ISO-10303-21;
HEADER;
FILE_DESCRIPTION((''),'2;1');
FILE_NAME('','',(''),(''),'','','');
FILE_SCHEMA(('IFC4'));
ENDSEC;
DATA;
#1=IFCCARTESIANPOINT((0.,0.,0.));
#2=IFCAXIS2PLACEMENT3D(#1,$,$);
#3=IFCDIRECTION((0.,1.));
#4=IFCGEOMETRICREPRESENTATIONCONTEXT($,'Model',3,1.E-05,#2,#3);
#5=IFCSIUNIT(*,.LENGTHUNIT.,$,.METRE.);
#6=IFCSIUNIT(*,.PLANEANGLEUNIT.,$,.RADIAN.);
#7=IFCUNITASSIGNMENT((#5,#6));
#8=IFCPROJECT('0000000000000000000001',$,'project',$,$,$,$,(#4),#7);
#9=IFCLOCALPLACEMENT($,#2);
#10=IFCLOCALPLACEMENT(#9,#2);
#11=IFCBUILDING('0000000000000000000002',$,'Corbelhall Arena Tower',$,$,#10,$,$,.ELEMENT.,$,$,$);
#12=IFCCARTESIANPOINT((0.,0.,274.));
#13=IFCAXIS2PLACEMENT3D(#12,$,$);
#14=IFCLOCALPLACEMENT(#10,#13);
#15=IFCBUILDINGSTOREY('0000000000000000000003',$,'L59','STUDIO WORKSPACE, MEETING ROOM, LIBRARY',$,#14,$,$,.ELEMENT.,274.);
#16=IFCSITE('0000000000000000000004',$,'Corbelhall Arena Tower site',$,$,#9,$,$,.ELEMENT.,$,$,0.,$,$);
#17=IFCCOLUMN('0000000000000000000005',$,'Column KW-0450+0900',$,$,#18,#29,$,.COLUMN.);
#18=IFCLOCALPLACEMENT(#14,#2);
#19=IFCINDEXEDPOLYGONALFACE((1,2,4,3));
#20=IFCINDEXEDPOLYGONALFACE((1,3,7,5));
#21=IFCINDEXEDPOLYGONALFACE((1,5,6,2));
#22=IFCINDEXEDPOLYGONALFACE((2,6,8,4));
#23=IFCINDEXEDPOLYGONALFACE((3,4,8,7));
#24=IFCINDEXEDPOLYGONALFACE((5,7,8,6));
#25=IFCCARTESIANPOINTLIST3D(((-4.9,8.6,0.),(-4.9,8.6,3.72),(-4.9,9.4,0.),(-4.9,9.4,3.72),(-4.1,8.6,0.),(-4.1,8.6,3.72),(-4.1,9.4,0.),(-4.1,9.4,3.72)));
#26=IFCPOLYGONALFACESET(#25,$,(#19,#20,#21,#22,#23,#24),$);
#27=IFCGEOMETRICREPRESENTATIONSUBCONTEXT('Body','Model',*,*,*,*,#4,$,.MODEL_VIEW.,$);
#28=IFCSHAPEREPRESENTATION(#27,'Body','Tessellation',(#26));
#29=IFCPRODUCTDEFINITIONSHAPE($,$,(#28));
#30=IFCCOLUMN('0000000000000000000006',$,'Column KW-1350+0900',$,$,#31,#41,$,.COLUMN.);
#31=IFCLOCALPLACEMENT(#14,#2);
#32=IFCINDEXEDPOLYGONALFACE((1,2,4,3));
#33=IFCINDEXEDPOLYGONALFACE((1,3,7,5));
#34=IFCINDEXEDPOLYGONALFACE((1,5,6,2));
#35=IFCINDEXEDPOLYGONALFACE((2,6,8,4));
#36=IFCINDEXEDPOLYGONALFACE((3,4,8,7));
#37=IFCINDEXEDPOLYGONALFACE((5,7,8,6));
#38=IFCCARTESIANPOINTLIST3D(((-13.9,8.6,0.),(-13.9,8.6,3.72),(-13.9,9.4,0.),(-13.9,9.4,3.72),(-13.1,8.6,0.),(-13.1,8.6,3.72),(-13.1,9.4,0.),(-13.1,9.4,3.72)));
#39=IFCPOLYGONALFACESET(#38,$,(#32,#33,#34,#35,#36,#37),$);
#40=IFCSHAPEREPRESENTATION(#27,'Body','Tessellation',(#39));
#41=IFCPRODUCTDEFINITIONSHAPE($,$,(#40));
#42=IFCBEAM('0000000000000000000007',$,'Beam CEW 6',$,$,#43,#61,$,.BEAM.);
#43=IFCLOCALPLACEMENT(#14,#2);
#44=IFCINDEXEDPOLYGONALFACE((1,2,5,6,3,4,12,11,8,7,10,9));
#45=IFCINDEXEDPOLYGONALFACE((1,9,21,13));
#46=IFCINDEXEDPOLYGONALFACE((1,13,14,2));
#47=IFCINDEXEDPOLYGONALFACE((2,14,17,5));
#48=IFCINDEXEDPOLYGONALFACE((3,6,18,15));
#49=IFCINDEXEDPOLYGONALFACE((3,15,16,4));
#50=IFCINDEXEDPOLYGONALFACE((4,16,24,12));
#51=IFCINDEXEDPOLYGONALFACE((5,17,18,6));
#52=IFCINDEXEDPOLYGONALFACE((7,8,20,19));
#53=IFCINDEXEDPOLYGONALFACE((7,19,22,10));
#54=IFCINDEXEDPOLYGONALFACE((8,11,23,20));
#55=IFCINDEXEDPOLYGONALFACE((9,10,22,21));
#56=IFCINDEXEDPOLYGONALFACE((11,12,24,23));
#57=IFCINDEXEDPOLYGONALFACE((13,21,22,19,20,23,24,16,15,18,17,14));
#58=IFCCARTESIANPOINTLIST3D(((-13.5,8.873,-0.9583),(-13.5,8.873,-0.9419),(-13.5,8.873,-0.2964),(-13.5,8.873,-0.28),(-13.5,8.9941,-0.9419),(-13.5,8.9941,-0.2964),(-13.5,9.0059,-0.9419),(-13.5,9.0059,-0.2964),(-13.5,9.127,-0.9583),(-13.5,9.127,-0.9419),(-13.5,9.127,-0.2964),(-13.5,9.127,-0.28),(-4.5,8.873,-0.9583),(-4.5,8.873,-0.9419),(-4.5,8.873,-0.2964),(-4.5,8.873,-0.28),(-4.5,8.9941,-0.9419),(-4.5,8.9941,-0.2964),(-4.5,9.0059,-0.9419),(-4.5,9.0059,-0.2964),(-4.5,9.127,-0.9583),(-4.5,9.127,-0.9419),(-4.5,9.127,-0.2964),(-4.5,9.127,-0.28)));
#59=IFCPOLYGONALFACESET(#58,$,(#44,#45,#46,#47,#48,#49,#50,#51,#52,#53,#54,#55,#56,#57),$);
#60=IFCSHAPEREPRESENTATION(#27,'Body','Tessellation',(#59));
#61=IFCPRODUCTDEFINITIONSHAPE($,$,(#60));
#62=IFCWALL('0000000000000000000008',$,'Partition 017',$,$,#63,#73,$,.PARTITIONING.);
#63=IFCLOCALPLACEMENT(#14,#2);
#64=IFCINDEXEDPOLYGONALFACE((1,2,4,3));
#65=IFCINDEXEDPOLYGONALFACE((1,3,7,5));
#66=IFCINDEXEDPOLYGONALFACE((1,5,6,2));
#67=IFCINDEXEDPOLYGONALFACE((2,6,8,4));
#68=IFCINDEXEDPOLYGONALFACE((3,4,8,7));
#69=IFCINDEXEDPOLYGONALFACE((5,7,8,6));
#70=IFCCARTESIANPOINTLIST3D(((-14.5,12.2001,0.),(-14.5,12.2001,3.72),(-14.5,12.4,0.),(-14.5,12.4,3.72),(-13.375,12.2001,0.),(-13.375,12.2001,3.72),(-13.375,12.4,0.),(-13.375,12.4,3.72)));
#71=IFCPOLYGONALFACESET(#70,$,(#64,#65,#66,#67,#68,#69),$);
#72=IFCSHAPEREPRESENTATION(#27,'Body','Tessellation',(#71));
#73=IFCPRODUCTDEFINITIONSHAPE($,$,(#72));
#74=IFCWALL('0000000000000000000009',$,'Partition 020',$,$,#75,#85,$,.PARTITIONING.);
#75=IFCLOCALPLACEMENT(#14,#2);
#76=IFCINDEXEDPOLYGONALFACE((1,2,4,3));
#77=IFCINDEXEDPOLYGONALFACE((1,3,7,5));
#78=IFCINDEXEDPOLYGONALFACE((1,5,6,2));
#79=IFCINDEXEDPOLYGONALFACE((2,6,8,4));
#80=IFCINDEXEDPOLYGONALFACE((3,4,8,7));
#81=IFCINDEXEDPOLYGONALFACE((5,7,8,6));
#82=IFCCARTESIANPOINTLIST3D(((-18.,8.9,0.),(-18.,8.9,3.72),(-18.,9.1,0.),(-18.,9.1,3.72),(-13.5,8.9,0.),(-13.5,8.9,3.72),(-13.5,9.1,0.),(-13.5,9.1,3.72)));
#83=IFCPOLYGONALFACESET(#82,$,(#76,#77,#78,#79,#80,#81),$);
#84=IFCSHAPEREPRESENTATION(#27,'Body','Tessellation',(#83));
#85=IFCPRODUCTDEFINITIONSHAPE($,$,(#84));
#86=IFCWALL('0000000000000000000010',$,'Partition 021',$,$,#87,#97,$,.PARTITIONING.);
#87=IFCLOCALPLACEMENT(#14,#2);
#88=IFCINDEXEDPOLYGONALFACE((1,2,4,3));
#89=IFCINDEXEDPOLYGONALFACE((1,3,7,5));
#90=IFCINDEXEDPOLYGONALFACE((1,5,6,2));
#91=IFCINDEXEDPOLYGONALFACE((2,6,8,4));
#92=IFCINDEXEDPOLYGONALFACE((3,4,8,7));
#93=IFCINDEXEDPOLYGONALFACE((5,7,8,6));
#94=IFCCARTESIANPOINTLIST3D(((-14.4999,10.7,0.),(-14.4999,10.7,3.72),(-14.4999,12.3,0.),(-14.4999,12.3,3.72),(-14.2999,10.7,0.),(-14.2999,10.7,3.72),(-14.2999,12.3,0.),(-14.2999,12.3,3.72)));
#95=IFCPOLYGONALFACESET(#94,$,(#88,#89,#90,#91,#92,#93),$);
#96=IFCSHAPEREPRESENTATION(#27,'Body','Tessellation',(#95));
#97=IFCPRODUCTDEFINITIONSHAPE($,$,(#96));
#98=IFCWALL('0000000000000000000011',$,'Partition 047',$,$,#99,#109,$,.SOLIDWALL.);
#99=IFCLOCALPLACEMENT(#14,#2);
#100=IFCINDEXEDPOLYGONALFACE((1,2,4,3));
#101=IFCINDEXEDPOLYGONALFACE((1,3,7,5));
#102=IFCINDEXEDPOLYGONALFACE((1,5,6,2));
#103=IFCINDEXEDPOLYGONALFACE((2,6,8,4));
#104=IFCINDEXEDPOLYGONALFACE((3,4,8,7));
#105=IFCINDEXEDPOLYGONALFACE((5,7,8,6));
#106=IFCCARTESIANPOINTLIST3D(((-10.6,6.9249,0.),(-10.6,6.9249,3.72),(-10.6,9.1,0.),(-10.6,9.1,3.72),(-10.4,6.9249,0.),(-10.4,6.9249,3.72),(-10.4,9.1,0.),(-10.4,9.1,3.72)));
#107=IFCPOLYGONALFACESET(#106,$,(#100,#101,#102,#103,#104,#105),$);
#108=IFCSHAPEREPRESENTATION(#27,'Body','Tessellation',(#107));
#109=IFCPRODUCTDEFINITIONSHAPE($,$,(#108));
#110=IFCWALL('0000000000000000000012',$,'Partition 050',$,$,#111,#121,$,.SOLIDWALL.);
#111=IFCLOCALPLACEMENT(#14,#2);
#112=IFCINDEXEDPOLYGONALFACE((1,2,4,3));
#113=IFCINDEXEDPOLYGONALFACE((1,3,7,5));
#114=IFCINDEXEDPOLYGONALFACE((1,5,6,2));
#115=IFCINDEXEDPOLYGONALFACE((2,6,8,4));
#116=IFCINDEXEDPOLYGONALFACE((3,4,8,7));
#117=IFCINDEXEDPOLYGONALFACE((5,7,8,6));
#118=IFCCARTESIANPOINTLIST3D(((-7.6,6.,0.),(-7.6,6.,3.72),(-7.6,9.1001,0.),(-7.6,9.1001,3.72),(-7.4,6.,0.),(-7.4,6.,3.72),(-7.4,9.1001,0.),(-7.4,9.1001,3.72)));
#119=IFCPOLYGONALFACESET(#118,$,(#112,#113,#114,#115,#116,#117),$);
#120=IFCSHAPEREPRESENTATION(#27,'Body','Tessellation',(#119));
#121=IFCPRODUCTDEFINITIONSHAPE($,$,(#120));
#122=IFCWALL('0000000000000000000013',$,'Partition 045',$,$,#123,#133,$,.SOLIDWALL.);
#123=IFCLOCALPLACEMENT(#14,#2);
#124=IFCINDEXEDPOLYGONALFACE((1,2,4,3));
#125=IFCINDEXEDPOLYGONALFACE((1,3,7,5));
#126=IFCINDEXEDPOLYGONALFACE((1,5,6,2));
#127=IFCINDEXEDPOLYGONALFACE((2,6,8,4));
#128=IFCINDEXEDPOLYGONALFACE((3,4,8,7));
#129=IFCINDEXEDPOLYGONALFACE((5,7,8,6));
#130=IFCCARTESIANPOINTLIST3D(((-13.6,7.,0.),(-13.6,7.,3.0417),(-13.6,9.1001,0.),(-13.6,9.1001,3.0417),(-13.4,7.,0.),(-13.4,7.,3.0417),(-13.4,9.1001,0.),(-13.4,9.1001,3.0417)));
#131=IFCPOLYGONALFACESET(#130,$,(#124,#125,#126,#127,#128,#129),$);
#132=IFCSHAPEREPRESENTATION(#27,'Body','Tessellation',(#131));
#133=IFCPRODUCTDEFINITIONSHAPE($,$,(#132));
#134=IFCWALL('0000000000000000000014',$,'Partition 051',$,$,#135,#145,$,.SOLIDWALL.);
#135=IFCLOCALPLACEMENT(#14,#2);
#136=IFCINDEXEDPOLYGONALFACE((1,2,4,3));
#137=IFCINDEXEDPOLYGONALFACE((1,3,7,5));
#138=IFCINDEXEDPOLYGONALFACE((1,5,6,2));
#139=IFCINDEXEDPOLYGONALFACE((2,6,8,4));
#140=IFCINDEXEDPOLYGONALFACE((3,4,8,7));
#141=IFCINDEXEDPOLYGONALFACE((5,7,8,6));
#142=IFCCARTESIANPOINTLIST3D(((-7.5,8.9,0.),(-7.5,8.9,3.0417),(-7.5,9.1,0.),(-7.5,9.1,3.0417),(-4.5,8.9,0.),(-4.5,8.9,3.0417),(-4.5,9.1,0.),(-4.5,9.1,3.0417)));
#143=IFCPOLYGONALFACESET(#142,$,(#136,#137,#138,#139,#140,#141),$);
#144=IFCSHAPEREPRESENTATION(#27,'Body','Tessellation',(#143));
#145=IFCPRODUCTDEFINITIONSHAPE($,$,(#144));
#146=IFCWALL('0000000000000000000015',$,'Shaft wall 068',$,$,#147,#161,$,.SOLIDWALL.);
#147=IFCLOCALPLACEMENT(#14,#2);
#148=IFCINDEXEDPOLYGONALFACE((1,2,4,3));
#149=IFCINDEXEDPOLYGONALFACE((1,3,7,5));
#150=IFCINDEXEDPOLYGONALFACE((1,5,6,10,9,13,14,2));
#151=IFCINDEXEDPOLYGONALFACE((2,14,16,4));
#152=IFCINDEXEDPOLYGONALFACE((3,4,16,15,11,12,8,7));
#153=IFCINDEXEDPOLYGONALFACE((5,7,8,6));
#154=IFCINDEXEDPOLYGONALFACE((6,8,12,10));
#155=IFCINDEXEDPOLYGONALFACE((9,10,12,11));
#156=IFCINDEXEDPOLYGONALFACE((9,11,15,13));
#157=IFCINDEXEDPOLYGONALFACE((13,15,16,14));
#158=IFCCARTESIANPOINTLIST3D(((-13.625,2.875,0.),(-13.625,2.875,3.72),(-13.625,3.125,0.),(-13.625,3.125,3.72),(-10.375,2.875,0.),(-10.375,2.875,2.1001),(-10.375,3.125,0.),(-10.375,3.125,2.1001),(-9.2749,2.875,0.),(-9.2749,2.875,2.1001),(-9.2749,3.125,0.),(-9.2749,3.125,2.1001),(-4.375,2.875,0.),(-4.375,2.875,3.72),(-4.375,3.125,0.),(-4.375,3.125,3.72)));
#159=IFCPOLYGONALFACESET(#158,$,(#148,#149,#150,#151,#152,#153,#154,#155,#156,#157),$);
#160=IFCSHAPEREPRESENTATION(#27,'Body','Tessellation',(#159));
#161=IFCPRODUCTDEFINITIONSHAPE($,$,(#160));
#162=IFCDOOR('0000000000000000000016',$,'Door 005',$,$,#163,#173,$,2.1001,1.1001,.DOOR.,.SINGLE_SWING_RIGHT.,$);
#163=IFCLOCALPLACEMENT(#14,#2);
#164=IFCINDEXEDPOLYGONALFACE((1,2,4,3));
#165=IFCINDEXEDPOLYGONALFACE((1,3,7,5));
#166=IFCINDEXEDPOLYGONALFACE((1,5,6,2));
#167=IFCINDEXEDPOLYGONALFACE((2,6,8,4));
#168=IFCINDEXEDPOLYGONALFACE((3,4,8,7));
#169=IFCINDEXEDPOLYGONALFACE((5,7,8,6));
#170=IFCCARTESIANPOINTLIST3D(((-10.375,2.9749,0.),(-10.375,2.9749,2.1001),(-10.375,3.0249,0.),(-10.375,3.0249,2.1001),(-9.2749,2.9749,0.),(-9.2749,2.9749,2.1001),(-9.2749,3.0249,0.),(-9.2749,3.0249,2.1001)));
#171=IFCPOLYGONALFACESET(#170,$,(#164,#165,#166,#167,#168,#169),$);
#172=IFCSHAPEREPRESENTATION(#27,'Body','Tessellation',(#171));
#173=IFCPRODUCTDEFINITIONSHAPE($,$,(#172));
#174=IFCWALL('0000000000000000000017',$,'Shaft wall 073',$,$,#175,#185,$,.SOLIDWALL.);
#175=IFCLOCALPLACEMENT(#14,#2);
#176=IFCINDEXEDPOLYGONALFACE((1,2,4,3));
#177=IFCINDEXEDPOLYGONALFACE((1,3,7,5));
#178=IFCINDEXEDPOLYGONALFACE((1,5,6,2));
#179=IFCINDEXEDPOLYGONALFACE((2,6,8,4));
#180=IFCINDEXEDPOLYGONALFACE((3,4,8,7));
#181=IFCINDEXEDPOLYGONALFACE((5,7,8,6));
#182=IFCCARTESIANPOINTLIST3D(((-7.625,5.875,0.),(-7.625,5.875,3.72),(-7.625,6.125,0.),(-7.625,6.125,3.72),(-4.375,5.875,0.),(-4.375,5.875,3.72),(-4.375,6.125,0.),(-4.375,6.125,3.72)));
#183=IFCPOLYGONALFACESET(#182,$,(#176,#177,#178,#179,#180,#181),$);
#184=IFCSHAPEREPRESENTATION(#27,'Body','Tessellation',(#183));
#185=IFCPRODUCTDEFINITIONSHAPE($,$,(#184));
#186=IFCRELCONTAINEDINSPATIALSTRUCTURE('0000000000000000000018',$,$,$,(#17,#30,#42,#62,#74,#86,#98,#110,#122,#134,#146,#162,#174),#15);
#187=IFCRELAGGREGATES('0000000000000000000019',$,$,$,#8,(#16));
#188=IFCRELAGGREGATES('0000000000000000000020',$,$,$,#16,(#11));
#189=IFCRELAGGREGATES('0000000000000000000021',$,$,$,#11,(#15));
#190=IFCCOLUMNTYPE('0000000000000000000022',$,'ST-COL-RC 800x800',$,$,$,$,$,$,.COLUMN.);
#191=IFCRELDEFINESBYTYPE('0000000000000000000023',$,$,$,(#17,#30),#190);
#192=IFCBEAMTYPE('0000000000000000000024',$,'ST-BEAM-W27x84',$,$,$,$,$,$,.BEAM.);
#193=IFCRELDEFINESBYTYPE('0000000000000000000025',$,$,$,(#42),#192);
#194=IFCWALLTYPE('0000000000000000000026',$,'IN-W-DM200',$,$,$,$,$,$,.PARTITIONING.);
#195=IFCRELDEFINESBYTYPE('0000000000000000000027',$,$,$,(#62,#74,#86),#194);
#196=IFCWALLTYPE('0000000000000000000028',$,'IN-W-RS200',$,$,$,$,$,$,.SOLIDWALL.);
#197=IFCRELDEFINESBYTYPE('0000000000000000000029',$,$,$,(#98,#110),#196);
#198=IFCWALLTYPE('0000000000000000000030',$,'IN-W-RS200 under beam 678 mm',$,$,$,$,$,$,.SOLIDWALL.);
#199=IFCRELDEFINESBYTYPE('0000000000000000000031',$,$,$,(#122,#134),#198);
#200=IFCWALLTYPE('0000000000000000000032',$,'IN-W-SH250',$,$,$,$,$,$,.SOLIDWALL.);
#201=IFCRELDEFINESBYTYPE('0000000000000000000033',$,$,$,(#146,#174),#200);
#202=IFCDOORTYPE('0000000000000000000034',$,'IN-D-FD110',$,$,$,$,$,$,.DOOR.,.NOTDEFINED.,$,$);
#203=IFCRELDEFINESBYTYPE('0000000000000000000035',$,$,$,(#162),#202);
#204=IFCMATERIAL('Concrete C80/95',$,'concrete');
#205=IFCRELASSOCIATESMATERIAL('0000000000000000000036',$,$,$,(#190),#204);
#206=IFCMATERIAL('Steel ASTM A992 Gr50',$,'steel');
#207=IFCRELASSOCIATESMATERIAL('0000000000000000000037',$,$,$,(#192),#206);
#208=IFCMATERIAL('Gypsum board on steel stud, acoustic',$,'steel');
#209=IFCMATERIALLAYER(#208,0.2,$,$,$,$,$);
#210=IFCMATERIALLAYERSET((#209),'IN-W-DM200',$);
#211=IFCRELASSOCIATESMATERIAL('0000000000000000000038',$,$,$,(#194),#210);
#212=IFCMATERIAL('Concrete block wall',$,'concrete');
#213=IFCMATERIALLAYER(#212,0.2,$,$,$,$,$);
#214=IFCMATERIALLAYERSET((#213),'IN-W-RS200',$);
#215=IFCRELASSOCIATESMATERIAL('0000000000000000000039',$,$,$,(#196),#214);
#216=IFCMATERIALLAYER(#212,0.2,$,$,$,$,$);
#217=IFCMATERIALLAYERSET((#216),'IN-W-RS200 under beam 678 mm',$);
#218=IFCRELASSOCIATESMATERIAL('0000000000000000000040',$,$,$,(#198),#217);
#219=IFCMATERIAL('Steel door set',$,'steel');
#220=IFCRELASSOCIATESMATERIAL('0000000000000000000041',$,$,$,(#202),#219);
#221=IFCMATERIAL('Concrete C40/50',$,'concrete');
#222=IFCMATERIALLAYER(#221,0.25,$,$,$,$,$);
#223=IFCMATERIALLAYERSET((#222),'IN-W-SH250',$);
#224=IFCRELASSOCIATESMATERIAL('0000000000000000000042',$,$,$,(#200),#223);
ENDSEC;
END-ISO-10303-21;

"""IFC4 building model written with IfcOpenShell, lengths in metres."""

from ifc_helpers import new_model, si_unit, direction, frame, frame_2d, origin, origin_2d, place, context, subcontext, project, spatial, rectangle, i_section, extrude, material, layer, layer_set, material_profile, profile_set, type_object, element, fill, save


model = new_model("IFC4")

# Units and contexts
model_context = context("Model", 3, precision=1e-05, world=origin(), true_north=direction((0.0, 1.0)))
body_context = subcontext(model_context, "Body", "Model", "MODEL_VIEW")
ifc_project = project(units=[si_unit("LENGTHUNIT", "METRE"), si_unit("PLANEANGLEUNIT", "RADIAN")], contexts=[model_context])

# Site, building, storey
site_placement = place(None, origin())
site = spatial("IfcSite", under=ifc_project, at=site_placement, Name="Corbelhall Arena Tower site", CompositionType="ELEMENT", RefElevation=0.0)
building_placement = place(site_placement, origin())
building = spatial("IfcBuilding", under=site, at=building_placement, Name="Corbelhall Arena Tower", CompositionType="ELEMENT")
storey_placement = place(building_placement, frame((0.0, 0.0, 274.0)))
storey = spatial("IfcBuildingStorey", under=building, at=storey_placement, Name="L59", Description="STUDIO WORKSPACE, MEETING ROOM, LIBRARY", CompositionType="ELEMENT", Elevation=274.0)

# Columns
ifc_material_1 = material(Name="Concrete C80/95", Category="concrete")
ifc_material_profile_1 = material_profile(ifc_material_1, rectangle(XDim=0.8, YDim=0.8, at=origin_2d()))
ifc_profile_set_1 = profile_set([ifc_material_profile_1], Name="Concrete C80/95")
column_type = type_object("IfcColumnType", Name="ST-COL-RC 800x800", PredefinedType="COLUMN", material=ifc_profile_set_1)
for number, where, z_axis, x_axis, name in (
    (1, (-4.5, 9.0, 0.0), (0.0, 0.0, 1.0), (1.0, 0.0, 0.0), "Column KW-0450+0900"),
    (2, (-13.5, 9.0, 0.0), (0.0, 0.0, 1.0), (1.0, 0.0, 0.0), "Column KW-1350+0900"),
):
    element("IfcColumn", number, at=place(storey_placement, frame(where, z_axis=z_axis, x_axis=x_axis)), inside=storey, type_object=column_type, Name=name, PredefinedType="COLUMN", context=body_context, shape_type="SweptSolid", body=[
        extrude(rectangle(XDim=0.8, YDim=0.8, at=origin_2d()), origin(), (0.0, 0.0, 1.0), 3.72),
    ])

# Beam
ifc_material_2 = material(Name="Steel ASTM A992 Gr50", Category="steel")
ifc_material_profile_2 = material_profile(ifc_material_2, i_section(OverallWidth=0.2539, OverallDepth=0.6782, WebThickness=0.0117, FlangeThickness=0.0164, at=origin_2d()))
ifc_profile_set_2 = profile_set([ifc_material_profile_2], Name="Steel ASTM A992 Gr50")
beam_type = type_object("IfcBeamType", Name="ST-BEAM-W27x84", PredefinedType="BEAM", material=ifc_profile_set_2)
beam_placement = place(storey_placement, frame((-13.5, 9.0, -0.6191), z_axis=(1.0, 0.0, 0.0), x_axis=(0.0, 1.0, 0.0)))
element("IfcBeam", 3, at=beam_placement, inside=storey, type_object=beam_type, Name="Beam CEW 6", PredefinedType="BEAM", context=body_context, shape_type="SweptSolid", body=[
    extrude(i_section(OverallWidth=0.2539, OverallDepth=0.6782, WebThickness=0.0117, FlangeThickness=0.0164, at=origin_2d()), origin(), (0.0, 0.0, 1.0), 9.0),
])

# Walls
ifc_material_3 = material(Name="Gypsum board on steel stud, acoustic", Category="steel")
ifc_layer_1 = layer(ifc_material_3, 0.2)
ifc_layer_set_1 = layer_set([ifc_layer_1], Name="IN-W-DM200")
wall_type_1 = type_object("IfcWallType", Name="IN-W-DM200", PredefinedType="PARTITIONING", material=ifc_layer_set_1)
wall_1_placement = place(storey_placement, frame((-14.5, 12.3, 0.0), z_axis=(0.0, 0.0, 1.0), x_axis=(1.0, 0.0, 0.0)))
element("IfcWall", 4, at=wall_1_placement, inside=storey, type_object=wall_type_1, Name="Partition 017", PredefinedType="PARTITIONING", context=body_context, shape_type="SweptSolid", body=[
    extrude(rectangle(XDim=1.125, YDim=0.2, at=frame_2d((0.5625, 0.0))), origin(), (0.0, 0.0, 1.0), 3.72),
])
wall_2_placement = place(storey_placement, frame((-13.5, 9.0, 0.0), z_axis=(0.0, 0.0, 1.0), x_axis=(-1.0, 0.0, 0.0)))
element("IfcWall", 5, at=wall_2_placement, inside=storey, type_object=wall_type_1, Name="Partition 020", PredefinedType="PARTITIONING", context=body_context, shape_type="SweptSolid", body=[
    extrude(rectangle(XDim=4.5, YDim=0.2, at=frame_2d((2.25, 0.0))), origin(), (0.0, 0.0, 1.0), 3.72),
])
wall_3_placement = place(storey_placement, frame((-14.3999, 10.7, 0.0), z_axis=(0.0, 0.0, 1.0), x_axis=(0.0, 1.0, 0.0)))
element("IfcWall", 6, at=wall_3_placement, inside=storey, type_object=wall_type_1, Name="Partition 021", PredefinedType="PARTITIONING", context=body_context, shape_type="SweptSolid", body=[
    extrude(rectangle(XDim=1.6001, YDim=0.2, at=frame_2d((0.8, 0.0))), origin(), (0.0, 0.0, 1.0), 3.72),
])
ifc_material_4 = material(Name="Concrete block wall", Category="concrete")
ifc_layer_2 = layer(ifc_material_4, 0.2)
ifc_layer_set_2 = layer_set([ifc_layer_2], Name="IN-W-RS200")
wall_type_2 = type_object("IfcWallType", Name="IN-W-RS200", PredefinedType="SOLIDWALL", material=ifc_layer_set_2)
wall_4_placement = place(storey_placement, frame((-10.5, 6.925, 0.0), z_axis=(0.0, 0.0, 1.0), x_axis=(0.0, 1.0, 0.0)))
element("IfcWall", 7, at=wall_4_placement, inside=storey, type_object=wall_type_2, Name="Partition 047", PredefinedType="SOLIDWALL", context=body_context, shape_type="SweptSolid", body=[
    extrude(rectangle(XDim=2.175, YDim=0.2, at=frame_2d((1.0874, 0.0))), origin(), (0.0, 0.0, 1.0), 3.72),
])
wall_5_placement = place(storey_placement, frame((-7.5, 6.0, 0.0), z_axis=(0.0, 0.0, 1.0), x_axis=(0.0, 1.0, 0.0)))
element("IfcWall", 8, at=wall_5_placement, inside=storey, type_object=wall_type_2, Name="Partition 050", PredefinedType="SOLIDWALL", context=body_context, shape_type="SweptSolid", body=[
    extrude(rectangle(XDim=3.1001, YDim=0.2, at=frame_2d((1.55, 0.0))), origin(), (0.0, 0.0, 1.0), 3.72),
])

# Shared definitions
ifc_layer_3 = layer(ifc_material_4, 0.2)
ifc_layer_set_3 = layer_set([ifc_layer_3], Name="IN-W-RS200 under beam 678 mm")
wall_type_3 = type_object("IfcWallType", Name="IN-W-RS200 under beam 678 mm", PredefinedType="SOLIDWALL", material=ifc_layer_set_3)
ifc_material_5 = material(Name="Steel door set", Category="steel")
door_type_1 = type_object("IfcDoorType", Name="IN-D-FD110", OperationType="NOTDEFINED", PredefinedType="DOOR", material=ifc_material_5)

# Walls
wall_6_placement = place(storey_placement, frame((-13.5, 7.0, 0.0), z_axis=(0.0, 0.0, 1.0), x_axis=(0.0, 1.0, 0.0)))
element("IfcWall", 9, at=wall_6_placement, inside=storey, type_object=wall_type_3, Name="Partition 045", PredefinedType="SOLIDWALL", context=body_context, shape_type="SweptSolid", body=[
    extrude(rectangle(XDim=2.1001, YDim=0.2, at=frame_2d((1.05, 0.0))), origin(), (0.0, 0.0, 1.0), 3.0417),
])
wall_7_placement = place(storey_placement, frame((-7.5, 9.0, 0.0), z_axis=(0.0, 0.0, 1.0), x_axis=(1.0, 0.0, 0.0)))
element("IfcWall", 10, at=wall_7_placement, inside=storey, type_object=wall_type_3, Name="Partition 051", PredefinedType="SOLIDWALL", context=body_context, shape_type="SweptSolid", body=[
    extrude(rectangle(XDim=3.0, YDim=0.2, at=frame_2d((1.5, 0.0))), origin(), (0.0, 0.0, 1.0), 3.0417),
])

# Wall, opening, door
ifc_material_6 = material(Name="Concrete C40/50", Category="concrete")
ifc_layer_4 = layer(ifc_material_6, 0.25)
ifc_layer_set_4 = layer_set([ifc_layer_4], Name="IN-W-SH250")
wall_type_4 = type_object("IfcWallType", Name="IN-W-SH250", PredefinedType="SOLIDWALL", material=ifc_layer_set_4)
wall_8_placement = place(storey_placement, frame((-13.625, 3.0, 0.0), z_axis=(0.0, 0.0, 1.0), x_axis=(1.0, 0.0, 0.0)))
wall_8 = element("IfcWall", 11, at=wall_8_placement, inside=storey, type_object=wall_type_4, Name="Shaft wall 068", PredefinedType="SOLIDWALL", context=body_context, shape_type="SweptSolid", body=[
    extrude(rectangle(XDim=9.25, YDim=0.25, at=frame_2d((4.625, 0.0))), origin(), (0.0, 0.0, 1.0), 3.72),
])
opening_1_placement = place(wall_8_placement, frame((3.25, 0.0, 0.0)))
opening_1 = element("IfcOpeningElement", 12, at=opening_1_placement, cuts=wall_8, PredefinedType="OPENING", context=body_context, shape_type="SweptSolid", body=[
    extrude(rectangle(XDim=1.1001, YDim=2.1001, at=frame_2d((0.55, 1.05))), frame((0.0, 0.125, 0.0), z_axis=(0.0, -1.0, 0.0), x_axis=(1.0, 0.0, 0.0)), (0.0, 0.0, 1.0), 0.25),
])
door_1_placement = place(opening_1_placement, origin())
door_1 = element("IfcDoor", 13, at=door_1_placement, inside=storey, type_object=door_type_1, Name="Door 005", OperationType="SINGLE_SWING_RIGHT", OverallHeight=2.1001, OverallWidth=1.1001, PredefinedType="DOOR", context=body_context, shape_type="SweptSolid", body=[
    extrude(rectangle(XDim=1.1001, YDim=2.1001, at=frame_2d((0.55, 1.05))), frame((0.0, 0.0249, 0.0), z_axis=(0.0, -1.0, 0.0), x_axis=(1.0, 0.0, 0.0)), (0.0, 0.0, 1.0), 0.05),
])
fill(opening_1, door_1)

# Wall
wall_9_placement = place(storey_placement, frame((-7.625, 6.0, 0.0), z_axis=(0.0, 0.0, 1.0), x_axis=(1.0, 0.0, 0.0)))
element("IfcWall", 14, at=wall_9_placement, inside=storey, type_object=wall_type_4, Name="Shaft wall 073", PredefinedType="SOLIDWALL", context=body_context, shape_type="SweptSolid", body=[
    extrude(rectangle(XDim=3.25, YDim=0.25, at=frame_2d((1.625, 0.0))), origin(), (0.0, 0.0, 1.0), 3.72),
])

save(model, "model.ifc")
